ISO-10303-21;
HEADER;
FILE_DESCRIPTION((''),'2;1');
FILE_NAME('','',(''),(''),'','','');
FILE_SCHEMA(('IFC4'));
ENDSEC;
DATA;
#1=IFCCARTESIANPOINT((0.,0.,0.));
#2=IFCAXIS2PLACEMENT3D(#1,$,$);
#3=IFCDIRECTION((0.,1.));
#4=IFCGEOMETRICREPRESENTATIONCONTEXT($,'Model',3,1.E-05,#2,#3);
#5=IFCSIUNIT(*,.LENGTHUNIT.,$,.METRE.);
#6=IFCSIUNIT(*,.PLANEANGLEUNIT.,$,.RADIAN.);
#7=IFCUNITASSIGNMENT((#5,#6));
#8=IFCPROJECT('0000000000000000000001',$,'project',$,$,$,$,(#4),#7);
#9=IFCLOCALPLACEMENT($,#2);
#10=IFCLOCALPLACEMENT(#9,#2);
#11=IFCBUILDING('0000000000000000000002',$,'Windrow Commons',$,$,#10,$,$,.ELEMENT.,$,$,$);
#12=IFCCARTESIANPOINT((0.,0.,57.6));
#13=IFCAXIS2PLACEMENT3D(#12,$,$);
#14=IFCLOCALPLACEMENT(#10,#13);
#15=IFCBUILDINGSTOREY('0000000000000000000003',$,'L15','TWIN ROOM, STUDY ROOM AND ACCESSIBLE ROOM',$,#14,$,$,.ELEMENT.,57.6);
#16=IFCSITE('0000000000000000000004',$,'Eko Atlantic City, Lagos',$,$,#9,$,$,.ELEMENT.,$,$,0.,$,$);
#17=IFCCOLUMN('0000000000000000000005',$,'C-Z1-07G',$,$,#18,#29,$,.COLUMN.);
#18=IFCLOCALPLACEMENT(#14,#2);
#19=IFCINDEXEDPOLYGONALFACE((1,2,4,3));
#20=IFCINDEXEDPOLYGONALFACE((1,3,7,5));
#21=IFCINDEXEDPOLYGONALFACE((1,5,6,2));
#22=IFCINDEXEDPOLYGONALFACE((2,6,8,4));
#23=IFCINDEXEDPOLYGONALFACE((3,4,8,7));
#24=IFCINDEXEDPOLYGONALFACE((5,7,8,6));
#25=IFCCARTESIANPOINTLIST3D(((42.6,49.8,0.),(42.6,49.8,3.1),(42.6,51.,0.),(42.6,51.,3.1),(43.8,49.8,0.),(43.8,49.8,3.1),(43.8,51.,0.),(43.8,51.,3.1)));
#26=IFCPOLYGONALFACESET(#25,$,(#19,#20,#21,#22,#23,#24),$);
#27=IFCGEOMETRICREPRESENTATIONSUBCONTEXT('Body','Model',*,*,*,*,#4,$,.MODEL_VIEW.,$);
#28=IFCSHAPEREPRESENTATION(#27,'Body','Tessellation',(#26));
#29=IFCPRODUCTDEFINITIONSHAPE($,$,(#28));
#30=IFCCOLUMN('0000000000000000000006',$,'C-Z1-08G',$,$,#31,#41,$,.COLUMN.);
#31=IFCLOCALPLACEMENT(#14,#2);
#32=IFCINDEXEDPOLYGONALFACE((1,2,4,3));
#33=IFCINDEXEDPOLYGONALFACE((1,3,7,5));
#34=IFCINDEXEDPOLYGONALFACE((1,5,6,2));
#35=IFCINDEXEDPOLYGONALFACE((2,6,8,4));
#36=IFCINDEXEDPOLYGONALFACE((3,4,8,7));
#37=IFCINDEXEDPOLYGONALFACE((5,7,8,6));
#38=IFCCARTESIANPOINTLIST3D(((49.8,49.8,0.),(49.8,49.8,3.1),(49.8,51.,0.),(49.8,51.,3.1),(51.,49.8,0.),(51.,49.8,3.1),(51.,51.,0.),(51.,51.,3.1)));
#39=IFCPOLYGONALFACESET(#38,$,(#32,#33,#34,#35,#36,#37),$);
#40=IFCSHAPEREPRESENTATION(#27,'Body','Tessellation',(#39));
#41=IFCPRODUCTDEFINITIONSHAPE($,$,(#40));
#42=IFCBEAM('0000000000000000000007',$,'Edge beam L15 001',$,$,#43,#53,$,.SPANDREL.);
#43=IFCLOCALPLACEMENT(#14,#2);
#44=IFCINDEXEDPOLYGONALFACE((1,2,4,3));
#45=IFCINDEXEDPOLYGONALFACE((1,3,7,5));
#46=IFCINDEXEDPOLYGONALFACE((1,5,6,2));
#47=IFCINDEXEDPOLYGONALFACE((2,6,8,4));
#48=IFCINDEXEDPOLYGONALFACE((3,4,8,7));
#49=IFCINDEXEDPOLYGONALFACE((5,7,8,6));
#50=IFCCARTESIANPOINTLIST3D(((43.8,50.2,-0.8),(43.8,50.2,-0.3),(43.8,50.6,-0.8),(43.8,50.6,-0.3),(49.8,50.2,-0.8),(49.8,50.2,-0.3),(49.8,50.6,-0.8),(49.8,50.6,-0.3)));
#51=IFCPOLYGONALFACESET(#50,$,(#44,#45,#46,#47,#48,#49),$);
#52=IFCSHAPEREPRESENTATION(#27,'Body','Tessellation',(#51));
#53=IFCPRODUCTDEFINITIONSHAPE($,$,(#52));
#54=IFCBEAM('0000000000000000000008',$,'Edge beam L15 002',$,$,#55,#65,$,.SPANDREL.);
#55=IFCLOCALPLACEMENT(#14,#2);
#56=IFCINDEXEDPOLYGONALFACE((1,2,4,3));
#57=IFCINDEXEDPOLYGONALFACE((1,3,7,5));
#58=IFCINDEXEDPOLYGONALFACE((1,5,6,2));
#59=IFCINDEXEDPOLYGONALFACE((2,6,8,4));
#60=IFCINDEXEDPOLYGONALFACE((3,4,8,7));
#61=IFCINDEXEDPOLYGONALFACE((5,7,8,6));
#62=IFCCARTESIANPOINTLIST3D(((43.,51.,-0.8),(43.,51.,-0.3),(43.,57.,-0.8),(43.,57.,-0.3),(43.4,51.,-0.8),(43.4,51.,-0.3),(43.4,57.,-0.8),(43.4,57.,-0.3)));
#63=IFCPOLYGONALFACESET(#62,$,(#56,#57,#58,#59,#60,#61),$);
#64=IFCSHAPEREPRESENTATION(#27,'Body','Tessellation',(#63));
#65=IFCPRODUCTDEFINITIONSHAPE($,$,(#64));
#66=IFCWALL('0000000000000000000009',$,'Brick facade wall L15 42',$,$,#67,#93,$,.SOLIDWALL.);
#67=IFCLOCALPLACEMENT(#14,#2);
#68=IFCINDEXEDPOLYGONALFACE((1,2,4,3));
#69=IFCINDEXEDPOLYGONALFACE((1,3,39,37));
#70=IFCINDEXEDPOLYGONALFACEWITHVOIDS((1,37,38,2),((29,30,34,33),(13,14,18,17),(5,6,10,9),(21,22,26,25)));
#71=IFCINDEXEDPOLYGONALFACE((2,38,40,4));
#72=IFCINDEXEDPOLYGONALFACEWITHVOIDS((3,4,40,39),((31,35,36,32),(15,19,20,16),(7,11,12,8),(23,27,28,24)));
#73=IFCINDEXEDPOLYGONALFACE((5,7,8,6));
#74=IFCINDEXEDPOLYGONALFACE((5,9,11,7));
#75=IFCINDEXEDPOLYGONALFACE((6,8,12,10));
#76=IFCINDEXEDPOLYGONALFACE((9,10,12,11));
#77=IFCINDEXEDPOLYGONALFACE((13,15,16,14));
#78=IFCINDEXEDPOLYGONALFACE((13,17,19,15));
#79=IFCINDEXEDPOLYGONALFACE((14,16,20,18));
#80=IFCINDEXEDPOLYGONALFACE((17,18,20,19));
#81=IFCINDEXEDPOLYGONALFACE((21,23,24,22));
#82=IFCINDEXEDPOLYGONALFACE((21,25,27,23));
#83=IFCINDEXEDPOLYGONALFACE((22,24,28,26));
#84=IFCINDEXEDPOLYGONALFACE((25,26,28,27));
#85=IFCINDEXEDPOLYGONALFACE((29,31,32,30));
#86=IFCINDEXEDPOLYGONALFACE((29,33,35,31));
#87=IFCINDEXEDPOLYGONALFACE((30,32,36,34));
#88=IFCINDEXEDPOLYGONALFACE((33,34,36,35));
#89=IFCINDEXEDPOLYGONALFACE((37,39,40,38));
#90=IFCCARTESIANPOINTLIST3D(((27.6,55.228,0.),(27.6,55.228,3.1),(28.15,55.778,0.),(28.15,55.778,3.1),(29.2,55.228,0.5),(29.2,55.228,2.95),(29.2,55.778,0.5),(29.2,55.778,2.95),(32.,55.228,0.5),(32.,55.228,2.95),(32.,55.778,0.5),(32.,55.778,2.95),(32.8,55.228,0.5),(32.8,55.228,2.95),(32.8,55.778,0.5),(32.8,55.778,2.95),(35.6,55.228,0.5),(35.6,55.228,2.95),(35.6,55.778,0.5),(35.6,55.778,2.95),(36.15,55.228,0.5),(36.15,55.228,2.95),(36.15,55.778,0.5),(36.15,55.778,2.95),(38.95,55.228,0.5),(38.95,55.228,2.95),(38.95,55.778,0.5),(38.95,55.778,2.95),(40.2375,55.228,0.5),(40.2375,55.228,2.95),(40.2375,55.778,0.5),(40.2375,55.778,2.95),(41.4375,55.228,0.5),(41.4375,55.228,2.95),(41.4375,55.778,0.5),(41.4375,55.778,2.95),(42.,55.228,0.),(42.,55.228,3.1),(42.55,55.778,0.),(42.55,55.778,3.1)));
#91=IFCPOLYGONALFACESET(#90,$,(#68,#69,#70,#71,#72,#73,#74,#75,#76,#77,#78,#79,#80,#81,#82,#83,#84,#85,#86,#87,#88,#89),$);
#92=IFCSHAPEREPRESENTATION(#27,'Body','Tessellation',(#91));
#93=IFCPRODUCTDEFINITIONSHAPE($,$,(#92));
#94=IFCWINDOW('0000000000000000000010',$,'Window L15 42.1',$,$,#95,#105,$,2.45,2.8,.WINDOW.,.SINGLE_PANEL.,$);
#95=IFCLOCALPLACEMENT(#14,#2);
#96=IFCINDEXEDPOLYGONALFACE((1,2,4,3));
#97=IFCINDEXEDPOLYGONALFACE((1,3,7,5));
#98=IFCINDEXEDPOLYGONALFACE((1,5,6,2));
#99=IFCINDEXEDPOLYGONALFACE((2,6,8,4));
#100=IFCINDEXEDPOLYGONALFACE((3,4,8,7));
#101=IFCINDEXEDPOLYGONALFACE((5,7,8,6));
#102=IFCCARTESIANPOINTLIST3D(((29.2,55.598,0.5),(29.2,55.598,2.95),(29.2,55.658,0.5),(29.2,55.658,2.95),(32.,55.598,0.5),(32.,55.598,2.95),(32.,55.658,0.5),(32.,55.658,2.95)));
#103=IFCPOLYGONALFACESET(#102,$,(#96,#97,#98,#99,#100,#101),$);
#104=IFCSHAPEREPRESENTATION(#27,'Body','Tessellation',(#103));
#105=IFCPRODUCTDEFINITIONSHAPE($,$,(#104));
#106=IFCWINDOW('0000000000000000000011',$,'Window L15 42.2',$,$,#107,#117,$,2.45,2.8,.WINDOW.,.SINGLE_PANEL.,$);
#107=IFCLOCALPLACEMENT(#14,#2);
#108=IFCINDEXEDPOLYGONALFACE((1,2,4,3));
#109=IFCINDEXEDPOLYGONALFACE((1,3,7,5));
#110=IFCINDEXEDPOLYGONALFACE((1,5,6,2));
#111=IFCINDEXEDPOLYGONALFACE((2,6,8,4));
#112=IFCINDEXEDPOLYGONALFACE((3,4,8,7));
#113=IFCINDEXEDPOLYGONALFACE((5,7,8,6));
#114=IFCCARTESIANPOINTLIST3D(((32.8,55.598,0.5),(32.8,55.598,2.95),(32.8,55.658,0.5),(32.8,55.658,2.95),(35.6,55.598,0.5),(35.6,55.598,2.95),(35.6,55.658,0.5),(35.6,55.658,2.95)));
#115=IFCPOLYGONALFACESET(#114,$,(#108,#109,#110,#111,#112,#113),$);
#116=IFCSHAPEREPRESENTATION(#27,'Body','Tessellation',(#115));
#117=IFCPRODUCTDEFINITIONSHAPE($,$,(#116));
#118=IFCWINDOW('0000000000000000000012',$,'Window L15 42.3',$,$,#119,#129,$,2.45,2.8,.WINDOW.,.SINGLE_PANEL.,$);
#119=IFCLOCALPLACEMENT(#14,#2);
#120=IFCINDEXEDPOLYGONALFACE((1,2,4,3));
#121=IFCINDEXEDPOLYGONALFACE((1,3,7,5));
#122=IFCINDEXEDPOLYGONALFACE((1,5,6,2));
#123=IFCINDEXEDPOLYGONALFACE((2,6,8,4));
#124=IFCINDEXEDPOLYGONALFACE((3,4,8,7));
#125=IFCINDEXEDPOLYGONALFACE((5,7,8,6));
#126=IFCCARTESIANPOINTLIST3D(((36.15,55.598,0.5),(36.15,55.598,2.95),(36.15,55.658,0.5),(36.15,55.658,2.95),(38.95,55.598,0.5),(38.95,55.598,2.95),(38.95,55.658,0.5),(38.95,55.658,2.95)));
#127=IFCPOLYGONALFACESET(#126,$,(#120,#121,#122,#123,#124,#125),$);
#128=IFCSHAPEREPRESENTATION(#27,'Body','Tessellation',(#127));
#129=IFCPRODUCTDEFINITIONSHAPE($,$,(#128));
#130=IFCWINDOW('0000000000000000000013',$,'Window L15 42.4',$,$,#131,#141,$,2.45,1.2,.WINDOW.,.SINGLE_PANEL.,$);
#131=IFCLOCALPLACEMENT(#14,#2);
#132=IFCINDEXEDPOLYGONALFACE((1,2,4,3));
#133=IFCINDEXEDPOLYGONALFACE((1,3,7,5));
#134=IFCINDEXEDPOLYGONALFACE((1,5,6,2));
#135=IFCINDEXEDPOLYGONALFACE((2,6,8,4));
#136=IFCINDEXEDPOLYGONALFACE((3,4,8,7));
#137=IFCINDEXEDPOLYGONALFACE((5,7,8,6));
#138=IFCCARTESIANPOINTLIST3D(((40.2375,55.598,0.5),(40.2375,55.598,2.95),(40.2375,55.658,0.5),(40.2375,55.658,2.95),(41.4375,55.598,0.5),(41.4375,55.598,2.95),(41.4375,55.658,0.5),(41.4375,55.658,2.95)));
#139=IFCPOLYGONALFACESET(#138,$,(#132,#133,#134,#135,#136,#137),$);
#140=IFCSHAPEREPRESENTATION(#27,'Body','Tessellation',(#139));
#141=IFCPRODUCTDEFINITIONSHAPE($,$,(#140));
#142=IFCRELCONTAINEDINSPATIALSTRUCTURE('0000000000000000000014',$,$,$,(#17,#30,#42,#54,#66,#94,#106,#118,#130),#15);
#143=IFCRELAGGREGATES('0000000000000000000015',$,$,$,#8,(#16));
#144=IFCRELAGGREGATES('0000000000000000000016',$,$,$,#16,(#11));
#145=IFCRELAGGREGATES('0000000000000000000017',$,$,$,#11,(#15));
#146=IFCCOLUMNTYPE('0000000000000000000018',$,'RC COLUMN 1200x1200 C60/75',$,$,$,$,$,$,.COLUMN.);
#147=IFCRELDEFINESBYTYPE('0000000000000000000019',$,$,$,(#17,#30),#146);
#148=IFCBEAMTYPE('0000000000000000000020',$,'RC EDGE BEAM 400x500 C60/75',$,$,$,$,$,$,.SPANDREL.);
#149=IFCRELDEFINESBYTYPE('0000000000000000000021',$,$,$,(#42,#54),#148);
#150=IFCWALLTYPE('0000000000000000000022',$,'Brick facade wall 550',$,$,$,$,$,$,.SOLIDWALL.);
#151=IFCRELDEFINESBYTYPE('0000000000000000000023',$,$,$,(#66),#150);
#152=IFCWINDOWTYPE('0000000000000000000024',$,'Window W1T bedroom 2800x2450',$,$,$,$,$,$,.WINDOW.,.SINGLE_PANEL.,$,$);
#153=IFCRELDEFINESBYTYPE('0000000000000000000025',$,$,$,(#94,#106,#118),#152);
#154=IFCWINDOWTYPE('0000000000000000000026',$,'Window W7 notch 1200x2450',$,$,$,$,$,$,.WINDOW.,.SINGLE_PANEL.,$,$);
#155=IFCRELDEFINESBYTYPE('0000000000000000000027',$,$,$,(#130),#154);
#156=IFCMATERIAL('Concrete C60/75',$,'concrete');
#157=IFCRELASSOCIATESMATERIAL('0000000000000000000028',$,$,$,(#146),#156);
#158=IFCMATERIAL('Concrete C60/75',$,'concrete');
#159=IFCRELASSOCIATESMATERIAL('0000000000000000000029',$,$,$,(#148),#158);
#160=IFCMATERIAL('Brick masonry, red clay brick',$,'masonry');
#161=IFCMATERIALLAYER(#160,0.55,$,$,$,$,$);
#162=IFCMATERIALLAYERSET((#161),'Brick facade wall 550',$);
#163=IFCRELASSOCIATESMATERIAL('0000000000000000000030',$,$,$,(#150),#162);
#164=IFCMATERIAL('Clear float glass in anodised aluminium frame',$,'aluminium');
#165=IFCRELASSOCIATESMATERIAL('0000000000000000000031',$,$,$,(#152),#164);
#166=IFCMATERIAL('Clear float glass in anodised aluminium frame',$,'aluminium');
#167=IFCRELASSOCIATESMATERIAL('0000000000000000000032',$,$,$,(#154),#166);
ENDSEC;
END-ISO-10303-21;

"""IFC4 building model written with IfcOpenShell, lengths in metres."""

from ifc_helpers import new_model, si_unit, direction, frame, frame_2d, origin, origin_2d, place, context, subcontext, project, spatial, polyline, rectangle, outline, extrude, material, layer, layer_set, material_profile, profile_set, type_object, element, fill, save


model = new_model("IFC4")

# Units and contexts
model_context = context("Model", 3, precision=1e-05, world=origin(), true_north=direction((0.0, 1.0)))
body_context = subcontext(model_context, "Body", "Model", "MODEL_VIEW")
ifc_project = project(units=[si_unit("LENGTHUNIT", "METRE"), si_unit("PLANEANGLEUNIT", "RADIAN")], contexts=[model_context])

# Site, building, storey
site_placement = place(None, origin())
site = spatial("IfcSite", under=ifc_project, at=site_placement, Name="Eko Atlantic City, Lagos", CompositionType="ELEMENT", RefElevation=0.0)
building_placement = place(site_placement, origin())
building = spatial("IfcBuilding", under=site, at=building_placement, Name="Windrow Commons", CompositionType="ELEMENT")
storey_placement = place(building_placement, frame((0.0, 0.0, 57.6)))
storey = spatial("IfcBuildingStorey", under=building, at=storey_placement, Name="L15", Description="TWIN ROOM, STUDY ROOM AND ACCESSIBLE ROOM", CompositionType="ELEMENT", Elevation=57.6)

# Columns
ifc_material_1 = material(Name="Concrete C60/75", Category="concrete")
ifc_material_profile_1 = material_profile(ifc_material_1, rectangle(XDim=1.2, YDim=1.2, at=origin_2d()))
ifc_profile_set_1 = profile_set([ifc_material_profile_1], Name="Concrete C60/75")
column_type = type_object("IfcColumnType", Name="RC COLUMN 1200x1200 C60/75", PredefinedType="COLUMN", material=ifc_profile_set_1)
for number, where, z_axis, x_axis, name in (
    (1, (43.2, 50.4, 0.0), (0.0, 0.0, 1.0), (1.0, 0.0, 0.0), "C-Z1-07G"),
    (2, (50.4, 50.4, 0.0), (0.0, 0.0, 1.0), (1.0, 0.0, 0.0), "C-Z1-08G"),
):
    element("IfcColumn", number, at=place(storey_placement, frame(where, z_axis=z_axis, x_axis=x_axis)), inside=storey, type_object=column_type, Name=name, PredefinedType="COLUMN", context=body_context, shape_type="SweptSolid", body=[
        extrude(rectangle(XDim=1.2, YDim=1.2, at=origin_2d()), origin(), (0.0, 0.0, 1.0), 3.1),
    ])

# Beams
ifc_material_2 = material(Name="Concrete C60/75", Category="concrete")
ifc_material_profile_2 = material_profile(ifc_material_2, rectangle(XDim=0.4, YDim=0.5, at=origin_2d()))
ifc_profile_set_2 = profile_set([ifc_material_profile_2], Name="Concrete C60/75")
beam_type = type_object("IfcBeamType", Name="RC EDGE BEAM 400x500 C60/75", PredefinedType="SPANDREL", material=ifc_profile_set_2)
for number, where, z_axis, x_axis, name in (
    (3, (49.8, 50.4, -0.55), (-1.0, 0.0, 0.0), (0.0, -1.0, 0.0), "Edge beam L15 001"),
    (4, (43.2, 51.0, -0.55), (0.0, 1.0, 0.0), (-1.0, 0.0, 0.0), "Edge beam L15 002"),
):
    element("IfcBeam", number, at=place(storey_placement, frame(where, z_axis=z_axis, x_axis=x_axis)), inside=storey, type_object=beam_type, Name=name, PredefinedType="SPANDREL", context=body_context, shape_type="SweptSolid", body=[
        extrude(rectangle(XDim=0.4, YDim=0.5, at=origin_2d()), origin(), (0.0, 0.0, 1.0), 6.0),
    ])

# Wall, openings, windows
ifc_material_3 = material(Name="Brick masonry, red clay brick", Category="masonry")
ifc_layer_1 = layer(ifc_material_3, 0.55)
ifc_layer_set_1 = layer_set([ifc_layer_1], Name="Brick facade wall 550")
wall_type_1 = type_object("IfcWallType", Name="Brick facade wall 550", PredefinedType="SOLIDWALL", material=ifc_layer_set_1)
wall_1_placement = place(storey_placement, frame((27.875, 55.503, 0.0), z_axis=(0.0, 0.0, 1.0), x_axis=(1.0, 0.0, 0.0)))
wall_1 = element("IfcWall", 5, at=wall_1_placement, inside=storey, type_object=wall_type_1, Name="Brick facade wall L15 42", PredefinedType="SOLIDWALL", context=body_context, shape_type="SweptSolid", body=[
    extrude(outline(polyline([(-0.275, -0.275), (14.125, -0.275), (14.675, 0.275), (0.275, 0.275), (-0.275, -0.275)])), origin(), (0.0, 0.0, 1.0), 3.1),
])
opening_1_placement = place(wall_1_placement, frame((1.325, 0.0, 0.5)))
opening_1 = element("IfcOpeningElement", 6, at=opening_1_placement, cuts=wall_1, PredefinedType="OPENING", context=body_context, shape_type="SweptSolid", body=[
    extrude(rectangle(XDim=2.8, YDim=2.45, at=frame_2d((1.4, 1.225))), frame((0.0, 0.285, 0.0), z_axis=(0.0, -1.0, 0.0), x_axis=(1.0, 0.0, 0.0)), (0.0, 0.0, 1.0), 0.57),
])
opening_2_placement = place(wall_1_placement, frame((4.925, 0.0, 0.5)))
opening_2 = element("IfcOpeningElement", 7, at=opening_2_placement, cuts=wall_1, PredefinedType="OPENING", context=body_context, shape_type="SweptSolid", body=[
    extrude(rectangle(XDim=2.8, YDim=2.45, at=frame_2d((1.4, 1.225))), frame((0.0, 0.285, 0.0), z_axis=(0.0, -1.0, 0.0), x_axis=(1.0, 0.0, 0.0)), (0.0, 0.0, 1.0), 0.57),
])
opening_3_placement = place(wall_1_placement, frame((8.275, 0.0, 0.5)))
opening_3 = element("IfcOpeningElement", 8, at=opening_3_placement, cuts=wall_1, PredefinedType="OPENING", context=body_context, shape_type="SweptSolid", body=[
    extrude(rectangle(XDim=2.8, YDim=2.45, at=frame_2d((1.4, 1.225))), frame((0.0, 0.285, 0.0), z_axis=(0.0, -1.0, 0.0), x_axis=(1.0, 0.0, 0.0)), (0.0, 0.0, 1.0), 0.57),
])
opening_4_placement = place(wall_1_placement, frame((12.3625, 0.0, 0.5)))
opening_4 = element("IfcOpeningElement", 9, at=opening_4_placement, cuts=wall_1, PredefinedType="OPENING", context=body_context, shape_type="SweptSolid", body=[
    extrude(rectangle(XDim=1.2, YDim=2.45, at=frame_2d((0.6, 1.225))), frame((0.0, 0.285, 0.0), z_axis=(0.0, -1.0, 0.0), x_axis=(1.0, 0.0, 0.0)), (0.0, 0.0, 1.0), 0.57),
])
ifc_material_4 = material(Name="Clear float glass in anodised aluminium frame", Category="aluminium")
window_type_1 = type_object("IfcWindowType", Name="Window W1T bedroom 2800x2450", PartitioningType="SINGLE_PANEL", PredefinedType="WINDOW", material=ifc_material_4)
window_1_placement = place(opening_1_placement, origin())
window_1 = element("IfcWindow", 10, at=window_1_placement, inside=storey, type_object=window_type_1, Name="Window L15 42.1", OverallHeight=2.45, OverallWidth=2.8, PartitioningType="SINGLE_PANEL", PredefinedType="WINDOW", context=body_context, shape_type="SweptSolid", body=[
    extrude(rectangle(XDim=2.8, YDim=2.45, at=frame_2d((1.4, 1.225))), frame((0.0, 0.155, 0.0), z_axis=(0.0, -1.0, 0.0), x_axis=(1.0, 0.0, 0.0)), (0.0, 0.0, 1.0), 0.06),
])
fill(opening_1, window_1)
window_2_placement = place(opening_2_placement, origin())
window_2 = element("IfcWindow", 11, at=window_2_placement, inside=storey, type_object=window_type_1, Name="Window L15 42.2", OverallHeight=2.45, OverallWidth=2.8, PartitioningType="SINGLE_PANEL", PredefinedType="WINDOW", context=body_context, shape_type="SweptSolid", body=[
    extrude(rectangle(XDim=2.8, YDim=2.45, at=frame_2d((1.4, 1.225))), frame((0.0, 0.155, 0.0), z_axis=(0.0, -1.0, 0.0), x_axis=(1.0, 0.0, 0.0)), (0.0, 0.0, 1.0), 0.06),
])
fill(opening_2, window_2)
window_3_placement = place(opening_3_placement, origin())
window_3 = element("IfcWindow", 12, at=window_3_placement, inside=storey, type_object=window_type_1, Name="Window L15 42.3", OverallHeight=2.45, OverallWidth=2.8, PartitioningType="SINGLE_PANEL", PredefinedType="WINDOW", context=body_context, shape_type="SweptSolid", body=[
    extrude(rectangle(XDim=2.8, YDim=2.45, at=frame_2d((1.4, 1.225))), frame((0.0, 0.155, 0.0), z_axis=(0.0, -1.0, 0.0), x_axis=(1.0, 0.0, 0.0)), (0.0, 0.0, 1.0), 0.06),
])
fill(opening_3, window_3)
ifc_material_5 = material(Name="Clear float glass in anodised aluminium frame", Category="aluminium")
window_type_2 = type_object("IfcWindowType", Name="Window W7 notch 1200x2450", PartitioningType="SINGLE_PANEL", PredefinedType="WINDOW", material=ifc_material_5)
window_4_placement = place(opening_4_placement, origin())
window_4 = element("IfcWindow", 13, at=window_4_placement, inside=storey, type_object=window_type_2, Name="Window L15 42.4", OverallHeight=2.45, OverallWidth=1.2, PartitioningType="SINGLE_PANEL", PredefinedType="WINDOW", context=body_context, shape_type="SweptSolid", body=[
    extrude(rectangle(XDim=1.2, YDim=2.45, at=frame_2d((0.6, 1.225))), frame((0.0, 0.155, 0.0), z_axis=(0.0, -1.0, 0.0), x_axis=(1.0, 0.0, 0.0)), (0.0, 0.0, 1.0), 0.06),
])
fill(opening_4, window_4)

save(model, "model.ifc")
